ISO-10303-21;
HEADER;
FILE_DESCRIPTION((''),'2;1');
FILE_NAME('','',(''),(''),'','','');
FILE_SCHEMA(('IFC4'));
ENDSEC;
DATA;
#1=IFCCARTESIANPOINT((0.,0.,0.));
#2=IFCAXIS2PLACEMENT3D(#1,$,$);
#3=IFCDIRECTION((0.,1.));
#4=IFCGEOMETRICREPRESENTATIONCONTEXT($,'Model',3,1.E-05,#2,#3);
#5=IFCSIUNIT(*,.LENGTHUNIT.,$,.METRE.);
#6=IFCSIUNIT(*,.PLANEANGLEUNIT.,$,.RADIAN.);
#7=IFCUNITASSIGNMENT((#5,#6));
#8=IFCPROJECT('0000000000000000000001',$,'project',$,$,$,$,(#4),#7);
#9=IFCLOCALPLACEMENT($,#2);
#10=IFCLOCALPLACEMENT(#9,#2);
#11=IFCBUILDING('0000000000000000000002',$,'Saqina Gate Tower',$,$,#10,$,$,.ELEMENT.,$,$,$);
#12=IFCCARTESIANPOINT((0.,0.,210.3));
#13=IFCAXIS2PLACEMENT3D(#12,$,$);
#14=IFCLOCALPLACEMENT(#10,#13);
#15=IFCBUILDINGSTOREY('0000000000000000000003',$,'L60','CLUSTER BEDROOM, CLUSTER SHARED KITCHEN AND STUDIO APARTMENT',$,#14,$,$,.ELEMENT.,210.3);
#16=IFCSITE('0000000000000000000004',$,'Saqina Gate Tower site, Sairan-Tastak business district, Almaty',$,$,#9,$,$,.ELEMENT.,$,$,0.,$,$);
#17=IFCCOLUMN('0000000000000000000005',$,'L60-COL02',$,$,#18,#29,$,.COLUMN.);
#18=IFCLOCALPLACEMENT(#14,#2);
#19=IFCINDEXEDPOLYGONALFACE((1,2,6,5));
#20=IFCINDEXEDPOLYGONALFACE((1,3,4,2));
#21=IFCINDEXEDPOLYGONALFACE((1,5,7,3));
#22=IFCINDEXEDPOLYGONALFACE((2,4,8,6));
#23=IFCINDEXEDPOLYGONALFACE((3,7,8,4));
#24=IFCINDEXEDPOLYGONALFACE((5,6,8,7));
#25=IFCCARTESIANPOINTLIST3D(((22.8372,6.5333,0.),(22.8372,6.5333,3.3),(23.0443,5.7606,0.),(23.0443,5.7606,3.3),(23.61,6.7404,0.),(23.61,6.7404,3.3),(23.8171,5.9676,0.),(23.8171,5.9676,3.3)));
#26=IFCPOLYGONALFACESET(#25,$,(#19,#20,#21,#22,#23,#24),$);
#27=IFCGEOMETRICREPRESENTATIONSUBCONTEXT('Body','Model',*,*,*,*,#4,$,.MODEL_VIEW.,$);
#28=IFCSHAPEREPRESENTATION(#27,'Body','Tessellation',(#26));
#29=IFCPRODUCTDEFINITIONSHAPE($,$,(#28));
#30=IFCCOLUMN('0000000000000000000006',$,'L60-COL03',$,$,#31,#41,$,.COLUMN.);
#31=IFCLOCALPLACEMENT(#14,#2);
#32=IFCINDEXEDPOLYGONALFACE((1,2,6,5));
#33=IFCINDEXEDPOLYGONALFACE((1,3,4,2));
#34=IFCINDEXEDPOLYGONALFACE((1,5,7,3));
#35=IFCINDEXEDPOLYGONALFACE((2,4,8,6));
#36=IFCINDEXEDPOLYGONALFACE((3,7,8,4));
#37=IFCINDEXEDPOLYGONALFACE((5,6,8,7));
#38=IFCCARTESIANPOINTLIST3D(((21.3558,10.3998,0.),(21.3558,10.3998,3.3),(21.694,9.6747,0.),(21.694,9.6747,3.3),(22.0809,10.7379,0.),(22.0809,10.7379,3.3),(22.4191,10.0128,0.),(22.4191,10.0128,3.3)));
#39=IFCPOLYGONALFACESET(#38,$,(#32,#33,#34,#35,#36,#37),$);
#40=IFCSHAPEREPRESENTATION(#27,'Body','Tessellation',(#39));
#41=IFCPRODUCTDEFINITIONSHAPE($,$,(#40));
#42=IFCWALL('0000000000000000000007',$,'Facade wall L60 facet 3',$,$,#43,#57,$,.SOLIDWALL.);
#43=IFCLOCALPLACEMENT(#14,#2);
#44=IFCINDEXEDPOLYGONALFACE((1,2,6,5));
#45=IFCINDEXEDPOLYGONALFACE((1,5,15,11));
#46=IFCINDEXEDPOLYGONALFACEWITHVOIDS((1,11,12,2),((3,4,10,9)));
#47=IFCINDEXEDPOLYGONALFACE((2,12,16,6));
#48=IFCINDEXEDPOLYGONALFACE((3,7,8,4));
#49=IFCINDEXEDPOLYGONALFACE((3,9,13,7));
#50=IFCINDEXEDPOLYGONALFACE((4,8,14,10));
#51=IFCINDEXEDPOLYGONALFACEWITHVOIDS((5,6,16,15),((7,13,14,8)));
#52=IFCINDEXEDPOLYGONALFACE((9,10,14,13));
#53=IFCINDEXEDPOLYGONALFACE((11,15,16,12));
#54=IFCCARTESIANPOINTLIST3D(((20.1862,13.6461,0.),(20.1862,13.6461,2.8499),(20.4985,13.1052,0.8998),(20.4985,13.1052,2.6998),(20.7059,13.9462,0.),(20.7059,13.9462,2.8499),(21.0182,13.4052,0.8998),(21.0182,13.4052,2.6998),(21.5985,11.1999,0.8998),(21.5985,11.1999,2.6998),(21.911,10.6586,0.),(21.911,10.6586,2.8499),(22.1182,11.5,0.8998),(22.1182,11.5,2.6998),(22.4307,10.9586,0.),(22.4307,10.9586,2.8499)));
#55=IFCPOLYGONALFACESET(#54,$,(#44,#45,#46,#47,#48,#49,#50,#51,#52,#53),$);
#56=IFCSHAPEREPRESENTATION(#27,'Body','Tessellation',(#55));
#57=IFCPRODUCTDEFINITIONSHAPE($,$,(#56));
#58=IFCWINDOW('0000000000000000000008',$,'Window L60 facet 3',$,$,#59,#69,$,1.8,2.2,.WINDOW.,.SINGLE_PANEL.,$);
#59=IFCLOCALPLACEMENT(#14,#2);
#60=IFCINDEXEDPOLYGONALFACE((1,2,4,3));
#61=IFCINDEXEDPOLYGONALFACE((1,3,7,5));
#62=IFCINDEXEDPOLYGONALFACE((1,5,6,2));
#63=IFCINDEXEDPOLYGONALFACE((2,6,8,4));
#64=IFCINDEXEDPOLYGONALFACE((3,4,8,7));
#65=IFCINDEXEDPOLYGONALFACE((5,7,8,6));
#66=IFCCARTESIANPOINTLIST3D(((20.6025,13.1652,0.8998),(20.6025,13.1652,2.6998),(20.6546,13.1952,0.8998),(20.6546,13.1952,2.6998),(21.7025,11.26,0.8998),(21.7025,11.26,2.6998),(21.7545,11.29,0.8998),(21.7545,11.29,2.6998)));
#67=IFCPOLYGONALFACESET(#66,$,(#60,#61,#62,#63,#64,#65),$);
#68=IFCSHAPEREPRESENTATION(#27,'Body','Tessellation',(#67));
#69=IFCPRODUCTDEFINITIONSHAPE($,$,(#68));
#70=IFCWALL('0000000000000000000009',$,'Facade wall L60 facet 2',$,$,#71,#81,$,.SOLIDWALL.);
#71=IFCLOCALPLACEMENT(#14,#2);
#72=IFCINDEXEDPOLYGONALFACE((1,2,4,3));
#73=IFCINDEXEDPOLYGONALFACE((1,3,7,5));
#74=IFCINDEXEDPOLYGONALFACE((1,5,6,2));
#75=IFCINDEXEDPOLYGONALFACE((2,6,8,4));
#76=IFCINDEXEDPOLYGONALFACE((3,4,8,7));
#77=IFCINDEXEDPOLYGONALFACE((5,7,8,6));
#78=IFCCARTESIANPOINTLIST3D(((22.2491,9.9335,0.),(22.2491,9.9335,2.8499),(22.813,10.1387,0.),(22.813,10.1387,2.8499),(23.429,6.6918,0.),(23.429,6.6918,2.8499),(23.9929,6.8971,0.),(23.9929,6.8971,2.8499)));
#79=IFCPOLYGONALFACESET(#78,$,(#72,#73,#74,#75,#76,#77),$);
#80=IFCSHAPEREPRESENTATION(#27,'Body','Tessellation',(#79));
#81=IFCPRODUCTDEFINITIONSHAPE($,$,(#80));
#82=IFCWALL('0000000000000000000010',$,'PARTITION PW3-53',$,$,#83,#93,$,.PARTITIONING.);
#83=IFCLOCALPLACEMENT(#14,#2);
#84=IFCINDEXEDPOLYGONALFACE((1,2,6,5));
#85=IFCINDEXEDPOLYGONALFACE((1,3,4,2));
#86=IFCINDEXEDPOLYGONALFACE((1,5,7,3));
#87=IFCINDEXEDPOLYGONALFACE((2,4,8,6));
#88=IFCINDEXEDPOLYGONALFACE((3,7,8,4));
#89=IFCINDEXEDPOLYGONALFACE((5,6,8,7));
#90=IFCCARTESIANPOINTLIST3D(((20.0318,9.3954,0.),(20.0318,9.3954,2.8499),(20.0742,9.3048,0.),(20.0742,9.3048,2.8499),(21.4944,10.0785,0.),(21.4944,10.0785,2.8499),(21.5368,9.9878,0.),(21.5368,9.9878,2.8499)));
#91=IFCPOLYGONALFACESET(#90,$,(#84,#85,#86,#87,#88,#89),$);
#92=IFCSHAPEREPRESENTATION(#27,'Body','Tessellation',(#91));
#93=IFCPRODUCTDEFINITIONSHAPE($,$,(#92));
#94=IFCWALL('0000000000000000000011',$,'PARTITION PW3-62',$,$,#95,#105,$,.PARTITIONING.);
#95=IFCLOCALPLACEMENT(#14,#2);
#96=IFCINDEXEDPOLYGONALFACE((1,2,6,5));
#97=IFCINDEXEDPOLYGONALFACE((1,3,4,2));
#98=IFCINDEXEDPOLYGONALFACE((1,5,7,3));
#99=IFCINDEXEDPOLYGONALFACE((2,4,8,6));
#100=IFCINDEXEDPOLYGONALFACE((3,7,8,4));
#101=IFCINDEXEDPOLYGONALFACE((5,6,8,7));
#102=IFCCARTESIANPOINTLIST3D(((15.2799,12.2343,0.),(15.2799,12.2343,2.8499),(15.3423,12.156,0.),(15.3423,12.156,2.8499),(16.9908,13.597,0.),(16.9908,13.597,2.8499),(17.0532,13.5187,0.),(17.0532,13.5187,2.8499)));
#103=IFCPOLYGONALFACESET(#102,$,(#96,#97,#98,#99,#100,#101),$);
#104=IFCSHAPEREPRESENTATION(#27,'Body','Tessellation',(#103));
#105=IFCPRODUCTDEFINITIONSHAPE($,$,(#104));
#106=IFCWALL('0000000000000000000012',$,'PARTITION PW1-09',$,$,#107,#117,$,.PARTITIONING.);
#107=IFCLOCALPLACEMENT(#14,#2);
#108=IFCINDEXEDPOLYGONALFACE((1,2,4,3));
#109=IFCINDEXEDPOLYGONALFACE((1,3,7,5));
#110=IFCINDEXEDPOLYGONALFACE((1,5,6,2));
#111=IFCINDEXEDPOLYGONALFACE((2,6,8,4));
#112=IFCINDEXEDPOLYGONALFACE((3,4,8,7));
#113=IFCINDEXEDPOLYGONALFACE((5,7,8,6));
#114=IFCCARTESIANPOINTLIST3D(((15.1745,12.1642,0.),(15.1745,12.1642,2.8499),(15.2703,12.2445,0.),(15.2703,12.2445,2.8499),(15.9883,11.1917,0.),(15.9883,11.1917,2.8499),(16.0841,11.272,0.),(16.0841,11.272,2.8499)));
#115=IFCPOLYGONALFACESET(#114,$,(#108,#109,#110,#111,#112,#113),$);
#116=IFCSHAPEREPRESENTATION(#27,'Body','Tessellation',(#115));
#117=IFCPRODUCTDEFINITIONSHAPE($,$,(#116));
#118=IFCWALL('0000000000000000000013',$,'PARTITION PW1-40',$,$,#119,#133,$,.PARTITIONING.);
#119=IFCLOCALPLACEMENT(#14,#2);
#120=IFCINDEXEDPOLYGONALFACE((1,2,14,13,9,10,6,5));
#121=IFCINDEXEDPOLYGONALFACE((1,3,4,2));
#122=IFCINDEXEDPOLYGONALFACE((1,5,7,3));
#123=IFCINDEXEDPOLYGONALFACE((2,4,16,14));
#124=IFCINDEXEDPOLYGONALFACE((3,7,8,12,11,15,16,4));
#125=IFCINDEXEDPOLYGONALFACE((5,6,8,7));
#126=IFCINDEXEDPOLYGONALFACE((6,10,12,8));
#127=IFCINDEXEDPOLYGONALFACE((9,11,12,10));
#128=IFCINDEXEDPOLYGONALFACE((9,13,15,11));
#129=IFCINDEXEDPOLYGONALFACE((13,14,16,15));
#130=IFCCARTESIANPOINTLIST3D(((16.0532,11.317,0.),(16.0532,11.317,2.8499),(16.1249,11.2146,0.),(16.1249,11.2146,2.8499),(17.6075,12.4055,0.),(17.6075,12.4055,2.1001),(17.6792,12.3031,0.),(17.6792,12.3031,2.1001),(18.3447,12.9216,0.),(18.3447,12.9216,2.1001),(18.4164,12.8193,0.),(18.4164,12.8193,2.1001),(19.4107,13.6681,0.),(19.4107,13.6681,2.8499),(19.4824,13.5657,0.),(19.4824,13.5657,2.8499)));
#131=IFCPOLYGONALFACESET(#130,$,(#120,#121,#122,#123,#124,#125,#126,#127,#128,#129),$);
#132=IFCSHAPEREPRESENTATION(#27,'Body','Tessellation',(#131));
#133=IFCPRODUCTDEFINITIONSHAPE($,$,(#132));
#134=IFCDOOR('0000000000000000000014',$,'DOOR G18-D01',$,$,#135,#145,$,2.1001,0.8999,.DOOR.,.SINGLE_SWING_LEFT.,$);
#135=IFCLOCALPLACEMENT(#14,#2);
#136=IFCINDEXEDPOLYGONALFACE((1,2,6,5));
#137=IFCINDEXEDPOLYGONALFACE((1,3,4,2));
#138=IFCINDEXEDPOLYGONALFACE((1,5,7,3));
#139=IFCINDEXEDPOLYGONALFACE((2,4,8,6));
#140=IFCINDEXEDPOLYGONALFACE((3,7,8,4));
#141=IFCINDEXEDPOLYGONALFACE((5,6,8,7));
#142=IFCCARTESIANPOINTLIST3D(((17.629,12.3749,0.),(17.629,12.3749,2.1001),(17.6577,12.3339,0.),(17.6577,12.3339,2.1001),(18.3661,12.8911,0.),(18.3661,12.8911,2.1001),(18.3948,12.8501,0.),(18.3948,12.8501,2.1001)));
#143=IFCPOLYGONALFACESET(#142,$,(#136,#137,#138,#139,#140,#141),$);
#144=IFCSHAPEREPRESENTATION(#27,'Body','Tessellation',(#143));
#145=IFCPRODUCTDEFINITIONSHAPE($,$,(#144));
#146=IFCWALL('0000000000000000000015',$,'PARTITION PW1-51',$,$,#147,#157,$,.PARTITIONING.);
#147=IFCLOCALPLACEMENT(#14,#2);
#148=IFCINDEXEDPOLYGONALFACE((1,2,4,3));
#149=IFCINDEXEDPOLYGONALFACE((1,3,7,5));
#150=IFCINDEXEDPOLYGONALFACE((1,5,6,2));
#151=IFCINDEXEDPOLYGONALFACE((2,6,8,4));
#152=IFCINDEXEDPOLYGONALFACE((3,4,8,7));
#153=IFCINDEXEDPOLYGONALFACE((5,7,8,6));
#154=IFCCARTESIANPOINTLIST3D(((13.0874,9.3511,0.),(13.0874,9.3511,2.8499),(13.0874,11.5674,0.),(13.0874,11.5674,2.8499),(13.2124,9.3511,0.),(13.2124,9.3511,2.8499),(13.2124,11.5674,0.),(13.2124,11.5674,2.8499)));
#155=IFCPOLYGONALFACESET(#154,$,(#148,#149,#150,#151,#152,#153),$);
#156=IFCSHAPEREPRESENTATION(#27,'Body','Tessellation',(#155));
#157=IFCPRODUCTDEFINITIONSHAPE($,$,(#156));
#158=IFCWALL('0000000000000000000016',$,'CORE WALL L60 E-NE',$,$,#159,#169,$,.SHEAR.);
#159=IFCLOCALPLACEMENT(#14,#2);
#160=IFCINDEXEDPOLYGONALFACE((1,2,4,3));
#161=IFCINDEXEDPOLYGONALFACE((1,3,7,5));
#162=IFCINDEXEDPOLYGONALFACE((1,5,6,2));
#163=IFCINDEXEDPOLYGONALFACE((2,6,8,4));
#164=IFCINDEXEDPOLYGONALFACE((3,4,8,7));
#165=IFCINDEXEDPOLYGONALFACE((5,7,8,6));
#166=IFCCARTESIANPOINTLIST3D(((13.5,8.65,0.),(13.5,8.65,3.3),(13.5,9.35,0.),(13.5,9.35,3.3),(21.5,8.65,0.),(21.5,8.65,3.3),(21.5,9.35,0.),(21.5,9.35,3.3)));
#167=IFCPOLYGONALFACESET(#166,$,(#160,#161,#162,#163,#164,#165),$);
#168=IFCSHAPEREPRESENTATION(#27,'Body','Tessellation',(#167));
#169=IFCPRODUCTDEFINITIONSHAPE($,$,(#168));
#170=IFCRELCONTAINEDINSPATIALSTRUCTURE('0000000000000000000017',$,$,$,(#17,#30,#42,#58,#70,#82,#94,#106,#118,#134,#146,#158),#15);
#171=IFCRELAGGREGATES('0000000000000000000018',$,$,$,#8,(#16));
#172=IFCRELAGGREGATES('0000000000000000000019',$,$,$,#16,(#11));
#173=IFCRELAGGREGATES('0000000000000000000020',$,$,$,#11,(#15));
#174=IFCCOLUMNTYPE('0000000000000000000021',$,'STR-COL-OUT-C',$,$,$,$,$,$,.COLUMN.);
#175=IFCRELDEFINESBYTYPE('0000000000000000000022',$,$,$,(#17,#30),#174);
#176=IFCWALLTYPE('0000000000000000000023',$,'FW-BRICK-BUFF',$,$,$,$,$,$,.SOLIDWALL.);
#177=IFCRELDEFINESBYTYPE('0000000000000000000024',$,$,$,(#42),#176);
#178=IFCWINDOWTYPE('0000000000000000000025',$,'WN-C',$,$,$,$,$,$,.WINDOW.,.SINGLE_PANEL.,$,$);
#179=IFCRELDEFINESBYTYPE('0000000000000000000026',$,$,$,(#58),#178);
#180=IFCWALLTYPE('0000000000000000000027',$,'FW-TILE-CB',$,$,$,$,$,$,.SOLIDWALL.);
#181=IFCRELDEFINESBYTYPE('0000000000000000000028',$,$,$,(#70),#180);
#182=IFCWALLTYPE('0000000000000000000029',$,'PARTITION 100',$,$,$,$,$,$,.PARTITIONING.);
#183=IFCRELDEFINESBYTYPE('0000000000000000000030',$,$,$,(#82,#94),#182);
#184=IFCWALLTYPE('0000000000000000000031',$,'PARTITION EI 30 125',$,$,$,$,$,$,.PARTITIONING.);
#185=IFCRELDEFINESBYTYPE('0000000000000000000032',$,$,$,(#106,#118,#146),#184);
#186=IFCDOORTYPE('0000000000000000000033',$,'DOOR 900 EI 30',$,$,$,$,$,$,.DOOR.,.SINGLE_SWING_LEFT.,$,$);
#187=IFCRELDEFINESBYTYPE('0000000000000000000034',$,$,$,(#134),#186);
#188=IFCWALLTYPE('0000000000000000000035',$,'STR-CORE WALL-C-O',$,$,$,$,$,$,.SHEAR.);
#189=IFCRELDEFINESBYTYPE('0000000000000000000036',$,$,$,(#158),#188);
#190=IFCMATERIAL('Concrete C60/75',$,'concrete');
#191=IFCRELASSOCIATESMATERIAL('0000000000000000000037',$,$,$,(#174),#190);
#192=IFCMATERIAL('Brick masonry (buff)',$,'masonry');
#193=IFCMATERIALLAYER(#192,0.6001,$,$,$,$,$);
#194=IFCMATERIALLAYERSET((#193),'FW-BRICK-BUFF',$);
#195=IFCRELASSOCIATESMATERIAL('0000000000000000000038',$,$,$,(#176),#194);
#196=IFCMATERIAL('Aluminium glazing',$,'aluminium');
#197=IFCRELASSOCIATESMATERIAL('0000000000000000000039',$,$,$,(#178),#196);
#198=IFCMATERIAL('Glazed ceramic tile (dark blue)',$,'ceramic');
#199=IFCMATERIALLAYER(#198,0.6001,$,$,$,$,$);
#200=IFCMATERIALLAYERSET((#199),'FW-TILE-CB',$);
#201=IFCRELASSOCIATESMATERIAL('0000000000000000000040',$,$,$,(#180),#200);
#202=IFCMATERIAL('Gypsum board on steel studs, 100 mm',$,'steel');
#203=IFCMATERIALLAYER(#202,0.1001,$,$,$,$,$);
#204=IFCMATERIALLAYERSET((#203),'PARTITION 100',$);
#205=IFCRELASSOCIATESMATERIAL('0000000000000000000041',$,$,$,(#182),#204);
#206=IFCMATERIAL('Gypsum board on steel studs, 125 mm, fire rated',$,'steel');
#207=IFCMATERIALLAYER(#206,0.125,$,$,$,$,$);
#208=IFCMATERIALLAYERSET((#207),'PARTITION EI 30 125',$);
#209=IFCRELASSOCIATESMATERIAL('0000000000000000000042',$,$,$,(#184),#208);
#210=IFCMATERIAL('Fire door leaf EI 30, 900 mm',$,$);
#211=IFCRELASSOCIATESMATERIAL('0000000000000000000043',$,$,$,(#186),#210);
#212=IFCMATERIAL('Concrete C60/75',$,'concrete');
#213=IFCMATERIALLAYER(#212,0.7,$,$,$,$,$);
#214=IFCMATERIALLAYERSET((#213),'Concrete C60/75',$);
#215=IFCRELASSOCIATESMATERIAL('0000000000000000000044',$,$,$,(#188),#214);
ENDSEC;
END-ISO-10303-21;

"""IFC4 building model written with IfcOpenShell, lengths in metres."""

from ifc_helpers import new_model, si_unit, direction, frame, frame_2d, origin, origin_2d, place, context, subcontext, project, spatial, rectangle, extrude, material, layer, layer_set, material_profile, profile_set, type_object, element, fill, save


model = new_model("IFC4")

# Units and contexts
model_context = context("Model", 3, precision=1e-05, world=origin(), true_north=direction((0.0, 1.0)))
body_context = subcontext(model_context, "Body", "Model", "MODEL_VIEW")
ifc_project = project(units=[si_unit("LENGTHUNIT", "METRE"), si_unit("PLANEANGLEUNIT", "RADIAN")], contexts=[model_context])

# Site, building, storey
site_placement = place(None, origin())
site = spatial("IfcSite", under=ifc_project, at=site_placement, Name="Saqina Gate Tower site, Sairan-Tastak business district, Almaty", CompositionType="ELEMENT", RefElevation=0.0)
building_placement = place(site_placement, origin())
building = spatial("IfcBuilding", under=site, at=building_placement, Name="Saqina Gate Tower", CompositionType="ELEMENT")
storey_placement = place(building_placement, frame((0.0, 0.0, 210.3)))
storey = spatial("IfcBuildingStorey", under=building, at=storey_placement, Name="L60", Description="CLUSTER BEDROOM, CLUSTER SHARED KITCHEN AND STUDIO APARTMENT", CompositionType="ELEMENT", Elevation=210.3)

# Columns
ifc_material_1 = material(Name="Concrete C60/75", Category="concrete")
ifc_material_profile = material_profile(ifc_material_1, rectangle(XDim=0.8, YDim=0.8, at=origin_2d()), Name="RC 800x800")
ifc_profile_set = profile_set([ifc_material_profile], Name="Concrete C60/75")
column_type = type_object("IfcColumnType", Name="STR-COL-OUT-C", PredefinedType="COLUMN", material=ifc_profile_set)
for number, where, z_axis, x_axis, name in (
    (1, (23.3271, 6.2505, 0.0), (0.0, 0.0, 1.0), (0.965926, 0.258819, 0.0), "L60-COL02"),
    (2, (21.8875, 10.2063, 0.0), (0.0, 0.0, 1.0), (0.906308, 0.422618, 0.0), "L60-COL03"),
):
    element("IfcColumn", number, at=place(storey_placement, frame(where, z_axis=z_axis, x_axis=x_axis)), inside=storey, type_object=column_type, Name=name, PredefinedType="COLUMN", context=body_context, shape_type="SweptSolid", body=[
        extrude(rectangle(XDim=0.8, YDim=0.8, at=origin_2d()), origin(), (0.0, 0.0, 1.0), 3.3),
    ])

# Wall, opening, window
ifc_material_2 = material(Name="Brick masonry (buff)", Category="masonry")
ifc_layer_1 = layer(ifc_material_2, 0.6001)
ifc_layer_set_1 = layer_set([ifc_layer_1], Name="FW-BRICK-BUFF")
wall_type_1 = type_object("IfcWallType", Name="FW-BRICK-BUFF", PredefinedType="SOLIDWALL", material=ifc_layer_set_1)
wall_1_placement = place(storey_placement, frame((22.1709, 10.8086, 0.0), z_axis=(0.0, 0.0, 1.0), x_axis=(-0.499998, 0.866026, 0.0)))
wall_1 = element("IfcWall", 3, at=wall_1_placement, inside=storey, type_object=wall_type_1, Name="Facade wall L60 facet 3", PredefinedType="SOLIDWALL", context=body_context, shape_type="SweptSolid", body=[
    extrude(rectangle(XDim=3.4497, YDim=0.6001, at=frame_2d((1.7249, 0.0))), origin(), (0.0, 0.0, 1.0), 2.8499),
])
opening_1_placement = place(wall_1_placement, frame((0.625, 0.0, 0.8999)))
opening_1 = element("IfcOpeningElement", 4, at=opening_1_placement, cuts=wall_1, PredefinedType="OPENING", context=body_context, shape_type="SweptSolid", body=[
    extrude(rectangle(XDim=2.2, YDim=1.8, at=frame_2d((1.1001, 0.8999))), frame((0.0, 0.312, 0.0), z_axis=(0.0, -1.0, 0.0), x_axis=(1.0, 0.0, 0.0)), (0.0, 0.0, 1.0), 0.624),
])
ifc_material_3 = material(Name="Aluminium glazing", Category="aluminium")
window_type = type_object("IfcWindowType", Name="WN-C", PartitioningType="SINGLE_PANEL", PredefinedType="WINDOW", material=ifc_material_3)
window_placement = place(opening_1_placement, origin())
window = element("IfcWindow", 5, at=window_placement, inside=storey, type_object=window_type, Name="Window L60 facet 3", OverallHeight=1.8, OverallWidth=2.2, PartitioningType="SINGLE_PANEL", PredefinedType="WINDOW", context=body_context, shape_type="SweptSolid", body=[
    extrude(rectangle(XDim=2.2, YDim=1.8, at=frame_2d((1.1001, 0.8999))), frame((0.0, 0.1799, 0.0), z_axis=(0.0, -1.0, 0.0), x_axis=(1.0, 0.0, 0.0)), (0.0, 0.0, 1.0), 0.0601),
])
fill(opening_1, window)

# Walls
ifc_material_4 = material(Name="Glazed ceramic tile (dark blue)", Category="ceramic")
ifc_layer_2 = layer(ifc_material_4, 0.6001)
ifc_layer_set_2 = layer_set([ifc_layer_2], Name="FW-TILE-CB")
wall_type_2 = type_object("IfcWallType", Name="FW-TILE-CB", PredefinedType="SOLIDWALL", material=ifc_layer_set_2)
wall_2_placement = place(storey_placement, frame((23.7109, 6.7944, 0.0), z_axis=(0.0, 0.0, 1.0), x_axis=(-0.342033, 0.939688, 0.0)))
element("IfcWall", 6, at=wall_2_placement, inside=storey, type_object=wall_type_2, Name="Facade wall L60 facet 2", PredefinedType="SOLIDWALL", context=body_context, shape_type="SweptSolid", body=[
    extrude(rectangle(XDim=3.4497, YDim=0.6001, at=frame_2d((1.7249, 0.0))), origin(), (0.0, 0.0, 1.0), 2.8499),
])
ifc_material_5 = material(Name="Gypsum board on steel studs, 100 mm", Category="steel")
ifc_layer_3 = layer(ifc_material_5, 0.1001)
ifc_layer_set_3 = layer_set([ifc_layer_3], Name="PARTITION 100")
wall_type_3 = type_object("IfcWallType", Name="PARTITION 100", PredefinedType="PARTITIONING", material=ifc_layer_set_3)
wall_3_placement = place(storey_placement, frame((20.053, 9.3501, 0.0), z_axis=(0.0, 0.0, 1.0), x_axis=(0.906056, 0.423159, 0.0)))
element("IfcWall", 7, at=wall_3_placement, inside=storey, type_object=wall_type_3, Name="PARTITION PW3-53", PredefinedType="PARTITIONING", context=body_context, shape_type="SweptSolid", body=[
    extrude(rectangle(XDim=1.6143, YDim=0.1001, at=frame_2d((0.8071, 0.0))), origin(), (0.0, 0.0, 1.0), 2.8499),
])
wall_4_placement = place(storey_placement, frame((15.311, 12.1951, 0.0), z_axis=(0.0, 0.0, 1.0), x_axis=(0.782196, 0.623033, 0.0)))
element("IfcWall", 8, at=wall_4_placement, inside=storey, type_object=wall_type_3, Name="PARTITION PW3-62", PredefinedType="PARTITIONING", context=body_context, shape_type="SweptSolid", body=[
    extrude(rectangle(XDim=2.1873, YDim=0.1001, at=frame_2d((1.0938, 0.0))), origin(), (0.0, 0.0, 1.0), 2.8499),
])
ifc_material_6 = material(Name="Gypsum board on steel studs, 125 mm, fire rated", Category="steel")
ifc_layer_4 = layer(ifc_material_6, 0.125)
ifc_layer_set_4 = layer_set([ifc_layer_4], Name="PARTITION EI 30 125")
wall_type_4 = type_object("IfcWallType", Name="PARTITION EI 30 125", PredefinedType="PARTITIONING", material=ifc_layer_set_4)
wall_5_placement = place(storey_placement, frame((15.2224, 12.2043, 0.0), z_axis=(0.0, 0.0, 1.0), x_axis=(0.641755, -0.76691, 0.0)))
element("IfcWall", 9, at=wall_5_placement, inside=storey, type_object=wall_type_4, Name="PARTITION PW1-09", PredefinedType="PARTITIONING", context=body_context, shape_type="SweptSolid", body=[
    extrude(rectangle(XDim=1.2681, YDim=0.125, at=frame_2d((0.634, 0.0))), origin(), (0.0, 0.0, 1.0), 2.8499),
])

# Wall, opening, door
wall_6_placement = place(storey_placement, frame((16.0891, 11.2659, 0.0), z_axis=(0.0, 0.0, 1.0), x_axis=(0.819131, 0.573606, 0.0)))
wall_6 = element("IfcWall", 10, at=wall_6_placement, inside=storey, type_object=wall_type_4, Name="PARTITION PW1-40", PredefinedType="PARTITIONING", context=body_context, shape_type="SweptSolid", body=[
    extrude(rectangle(XDim=4.0989, YDim=0.125, at=frame_2d((2.0493, 0.0))), origin(), (0.0, 0.0, 1.0), 2.8499),
])
opening_2_placement = place(wall_6_placement, frame((1.8975, 0.0, 0.0)))
opening_2 = element("IfcOpeningElement", 11, at=opening_2_placement, cuts=wall_6, PredefinedType="OPENING", context=body_context, shape_type="SweptSolid", body=[
    extrude(rectangle(XDim=0.8999, YDim=2.1001, at=frame_2d((0.45, 1.05))), frame((0.0, 0.0745, 0.0), z_axis=(0.0, -1.0, 0.0), x_axis=(1.0, 0.0, 0.0)), (0.0, 0.0, 1.0), 0.1489),
])
ifc_material_7 = material(Name="Fire door leaf EI 30, 900 mm")
door_type = type_object("IfcDoorType", Name="DOOR 900 EI 30", OperationType="SINGLE_SWING_LEFT", PredefinedType="DOOR", material=ifc_material_7)
door_placement = place(opening_2_placement, frame((0.8999, 0.0, 0.0), z_axis=(0.0, 0.0, 1.0), x_axis=(-1.0, 0.0, 0.0)))
door = element("IfcDoor", 12, at=door_placement, inside=storey, type_object=door_type, Name="DOOR G18-D01", OperationType="SINGLE_SWING_LEFT", OverallHeight=2.1001, OverallWidth=0.8999, PredefinedType="DOOR", context=body_context, shape_type="SweptSolid", body=[
    extrude(rectangle(XDim=0.8999, YDim=2.1001, at=frame_2d((0.45, 1.05))), frame((0.0, 0.0249, 0.0), z_axis=(0.0, -1.0, 0.0), x_axis=(1.0, 0.0, 0.0)), (0.0, 0.0, 1.0), 0.05),
])
fill(opening_2, door)

# Walls
wall_7_placement = place(storey_placement, frame((13.1499, 9.3511, 0.0), z_axis=(0.0, 0.0, 1.0), x_axis=(0.0, 1.0, 0.0)))
element("IfcWall", 13, at=wall_7_placement, inside=storey, type_object=wall_type_4, Name="PARTITION PW1-51", PredefinedType="PARTITIONING", context=body_context, shape_type="SweptSolid", body=[
    extrude(rectangle(XDim=2.2163, YDim=0.125, at=frame_2d((1.1082, 0.0))), origin(), (0.0, 0.0, 1.0), 2.8499),
])
ifc_material_8 = material(Name="Concrete C60/75", Category="concrete")
ifc_layer_5 = layer(ifc_material_8, 0.7)
ifc_layer_set_5 = layer_set([ifc_layer_5], Name="Concrete C60/75")
wall_type_5 = type_object("IfcWallType", Name="STR-CORE WALL-C-O", PredefinedType="SHEAR", material=ifc_layer_set_5)
wall_8_placement = place(storey_placement, frame((13.5, 9.0, 0.0), z_axis=(0.0, 0.0, 1.0), x_axis=(1.0, 0.0, 0.0)))
element("IfcWall", 14, at=wall_8_placement, inside=storey, type_object=wall_type_5, Name="CORE WALL L60 E-NE", PredefinedType="SHEAR", context=body_context, shape_type="SweptSolid", body=[
    extrude(rectangle(XDim=8.0, YDim=0.7, at=frame_2d((4.0, 0.0))), origin(), (0.0, 0.0, 1.0), 3.3),
])

save(model, "model.ifc")
